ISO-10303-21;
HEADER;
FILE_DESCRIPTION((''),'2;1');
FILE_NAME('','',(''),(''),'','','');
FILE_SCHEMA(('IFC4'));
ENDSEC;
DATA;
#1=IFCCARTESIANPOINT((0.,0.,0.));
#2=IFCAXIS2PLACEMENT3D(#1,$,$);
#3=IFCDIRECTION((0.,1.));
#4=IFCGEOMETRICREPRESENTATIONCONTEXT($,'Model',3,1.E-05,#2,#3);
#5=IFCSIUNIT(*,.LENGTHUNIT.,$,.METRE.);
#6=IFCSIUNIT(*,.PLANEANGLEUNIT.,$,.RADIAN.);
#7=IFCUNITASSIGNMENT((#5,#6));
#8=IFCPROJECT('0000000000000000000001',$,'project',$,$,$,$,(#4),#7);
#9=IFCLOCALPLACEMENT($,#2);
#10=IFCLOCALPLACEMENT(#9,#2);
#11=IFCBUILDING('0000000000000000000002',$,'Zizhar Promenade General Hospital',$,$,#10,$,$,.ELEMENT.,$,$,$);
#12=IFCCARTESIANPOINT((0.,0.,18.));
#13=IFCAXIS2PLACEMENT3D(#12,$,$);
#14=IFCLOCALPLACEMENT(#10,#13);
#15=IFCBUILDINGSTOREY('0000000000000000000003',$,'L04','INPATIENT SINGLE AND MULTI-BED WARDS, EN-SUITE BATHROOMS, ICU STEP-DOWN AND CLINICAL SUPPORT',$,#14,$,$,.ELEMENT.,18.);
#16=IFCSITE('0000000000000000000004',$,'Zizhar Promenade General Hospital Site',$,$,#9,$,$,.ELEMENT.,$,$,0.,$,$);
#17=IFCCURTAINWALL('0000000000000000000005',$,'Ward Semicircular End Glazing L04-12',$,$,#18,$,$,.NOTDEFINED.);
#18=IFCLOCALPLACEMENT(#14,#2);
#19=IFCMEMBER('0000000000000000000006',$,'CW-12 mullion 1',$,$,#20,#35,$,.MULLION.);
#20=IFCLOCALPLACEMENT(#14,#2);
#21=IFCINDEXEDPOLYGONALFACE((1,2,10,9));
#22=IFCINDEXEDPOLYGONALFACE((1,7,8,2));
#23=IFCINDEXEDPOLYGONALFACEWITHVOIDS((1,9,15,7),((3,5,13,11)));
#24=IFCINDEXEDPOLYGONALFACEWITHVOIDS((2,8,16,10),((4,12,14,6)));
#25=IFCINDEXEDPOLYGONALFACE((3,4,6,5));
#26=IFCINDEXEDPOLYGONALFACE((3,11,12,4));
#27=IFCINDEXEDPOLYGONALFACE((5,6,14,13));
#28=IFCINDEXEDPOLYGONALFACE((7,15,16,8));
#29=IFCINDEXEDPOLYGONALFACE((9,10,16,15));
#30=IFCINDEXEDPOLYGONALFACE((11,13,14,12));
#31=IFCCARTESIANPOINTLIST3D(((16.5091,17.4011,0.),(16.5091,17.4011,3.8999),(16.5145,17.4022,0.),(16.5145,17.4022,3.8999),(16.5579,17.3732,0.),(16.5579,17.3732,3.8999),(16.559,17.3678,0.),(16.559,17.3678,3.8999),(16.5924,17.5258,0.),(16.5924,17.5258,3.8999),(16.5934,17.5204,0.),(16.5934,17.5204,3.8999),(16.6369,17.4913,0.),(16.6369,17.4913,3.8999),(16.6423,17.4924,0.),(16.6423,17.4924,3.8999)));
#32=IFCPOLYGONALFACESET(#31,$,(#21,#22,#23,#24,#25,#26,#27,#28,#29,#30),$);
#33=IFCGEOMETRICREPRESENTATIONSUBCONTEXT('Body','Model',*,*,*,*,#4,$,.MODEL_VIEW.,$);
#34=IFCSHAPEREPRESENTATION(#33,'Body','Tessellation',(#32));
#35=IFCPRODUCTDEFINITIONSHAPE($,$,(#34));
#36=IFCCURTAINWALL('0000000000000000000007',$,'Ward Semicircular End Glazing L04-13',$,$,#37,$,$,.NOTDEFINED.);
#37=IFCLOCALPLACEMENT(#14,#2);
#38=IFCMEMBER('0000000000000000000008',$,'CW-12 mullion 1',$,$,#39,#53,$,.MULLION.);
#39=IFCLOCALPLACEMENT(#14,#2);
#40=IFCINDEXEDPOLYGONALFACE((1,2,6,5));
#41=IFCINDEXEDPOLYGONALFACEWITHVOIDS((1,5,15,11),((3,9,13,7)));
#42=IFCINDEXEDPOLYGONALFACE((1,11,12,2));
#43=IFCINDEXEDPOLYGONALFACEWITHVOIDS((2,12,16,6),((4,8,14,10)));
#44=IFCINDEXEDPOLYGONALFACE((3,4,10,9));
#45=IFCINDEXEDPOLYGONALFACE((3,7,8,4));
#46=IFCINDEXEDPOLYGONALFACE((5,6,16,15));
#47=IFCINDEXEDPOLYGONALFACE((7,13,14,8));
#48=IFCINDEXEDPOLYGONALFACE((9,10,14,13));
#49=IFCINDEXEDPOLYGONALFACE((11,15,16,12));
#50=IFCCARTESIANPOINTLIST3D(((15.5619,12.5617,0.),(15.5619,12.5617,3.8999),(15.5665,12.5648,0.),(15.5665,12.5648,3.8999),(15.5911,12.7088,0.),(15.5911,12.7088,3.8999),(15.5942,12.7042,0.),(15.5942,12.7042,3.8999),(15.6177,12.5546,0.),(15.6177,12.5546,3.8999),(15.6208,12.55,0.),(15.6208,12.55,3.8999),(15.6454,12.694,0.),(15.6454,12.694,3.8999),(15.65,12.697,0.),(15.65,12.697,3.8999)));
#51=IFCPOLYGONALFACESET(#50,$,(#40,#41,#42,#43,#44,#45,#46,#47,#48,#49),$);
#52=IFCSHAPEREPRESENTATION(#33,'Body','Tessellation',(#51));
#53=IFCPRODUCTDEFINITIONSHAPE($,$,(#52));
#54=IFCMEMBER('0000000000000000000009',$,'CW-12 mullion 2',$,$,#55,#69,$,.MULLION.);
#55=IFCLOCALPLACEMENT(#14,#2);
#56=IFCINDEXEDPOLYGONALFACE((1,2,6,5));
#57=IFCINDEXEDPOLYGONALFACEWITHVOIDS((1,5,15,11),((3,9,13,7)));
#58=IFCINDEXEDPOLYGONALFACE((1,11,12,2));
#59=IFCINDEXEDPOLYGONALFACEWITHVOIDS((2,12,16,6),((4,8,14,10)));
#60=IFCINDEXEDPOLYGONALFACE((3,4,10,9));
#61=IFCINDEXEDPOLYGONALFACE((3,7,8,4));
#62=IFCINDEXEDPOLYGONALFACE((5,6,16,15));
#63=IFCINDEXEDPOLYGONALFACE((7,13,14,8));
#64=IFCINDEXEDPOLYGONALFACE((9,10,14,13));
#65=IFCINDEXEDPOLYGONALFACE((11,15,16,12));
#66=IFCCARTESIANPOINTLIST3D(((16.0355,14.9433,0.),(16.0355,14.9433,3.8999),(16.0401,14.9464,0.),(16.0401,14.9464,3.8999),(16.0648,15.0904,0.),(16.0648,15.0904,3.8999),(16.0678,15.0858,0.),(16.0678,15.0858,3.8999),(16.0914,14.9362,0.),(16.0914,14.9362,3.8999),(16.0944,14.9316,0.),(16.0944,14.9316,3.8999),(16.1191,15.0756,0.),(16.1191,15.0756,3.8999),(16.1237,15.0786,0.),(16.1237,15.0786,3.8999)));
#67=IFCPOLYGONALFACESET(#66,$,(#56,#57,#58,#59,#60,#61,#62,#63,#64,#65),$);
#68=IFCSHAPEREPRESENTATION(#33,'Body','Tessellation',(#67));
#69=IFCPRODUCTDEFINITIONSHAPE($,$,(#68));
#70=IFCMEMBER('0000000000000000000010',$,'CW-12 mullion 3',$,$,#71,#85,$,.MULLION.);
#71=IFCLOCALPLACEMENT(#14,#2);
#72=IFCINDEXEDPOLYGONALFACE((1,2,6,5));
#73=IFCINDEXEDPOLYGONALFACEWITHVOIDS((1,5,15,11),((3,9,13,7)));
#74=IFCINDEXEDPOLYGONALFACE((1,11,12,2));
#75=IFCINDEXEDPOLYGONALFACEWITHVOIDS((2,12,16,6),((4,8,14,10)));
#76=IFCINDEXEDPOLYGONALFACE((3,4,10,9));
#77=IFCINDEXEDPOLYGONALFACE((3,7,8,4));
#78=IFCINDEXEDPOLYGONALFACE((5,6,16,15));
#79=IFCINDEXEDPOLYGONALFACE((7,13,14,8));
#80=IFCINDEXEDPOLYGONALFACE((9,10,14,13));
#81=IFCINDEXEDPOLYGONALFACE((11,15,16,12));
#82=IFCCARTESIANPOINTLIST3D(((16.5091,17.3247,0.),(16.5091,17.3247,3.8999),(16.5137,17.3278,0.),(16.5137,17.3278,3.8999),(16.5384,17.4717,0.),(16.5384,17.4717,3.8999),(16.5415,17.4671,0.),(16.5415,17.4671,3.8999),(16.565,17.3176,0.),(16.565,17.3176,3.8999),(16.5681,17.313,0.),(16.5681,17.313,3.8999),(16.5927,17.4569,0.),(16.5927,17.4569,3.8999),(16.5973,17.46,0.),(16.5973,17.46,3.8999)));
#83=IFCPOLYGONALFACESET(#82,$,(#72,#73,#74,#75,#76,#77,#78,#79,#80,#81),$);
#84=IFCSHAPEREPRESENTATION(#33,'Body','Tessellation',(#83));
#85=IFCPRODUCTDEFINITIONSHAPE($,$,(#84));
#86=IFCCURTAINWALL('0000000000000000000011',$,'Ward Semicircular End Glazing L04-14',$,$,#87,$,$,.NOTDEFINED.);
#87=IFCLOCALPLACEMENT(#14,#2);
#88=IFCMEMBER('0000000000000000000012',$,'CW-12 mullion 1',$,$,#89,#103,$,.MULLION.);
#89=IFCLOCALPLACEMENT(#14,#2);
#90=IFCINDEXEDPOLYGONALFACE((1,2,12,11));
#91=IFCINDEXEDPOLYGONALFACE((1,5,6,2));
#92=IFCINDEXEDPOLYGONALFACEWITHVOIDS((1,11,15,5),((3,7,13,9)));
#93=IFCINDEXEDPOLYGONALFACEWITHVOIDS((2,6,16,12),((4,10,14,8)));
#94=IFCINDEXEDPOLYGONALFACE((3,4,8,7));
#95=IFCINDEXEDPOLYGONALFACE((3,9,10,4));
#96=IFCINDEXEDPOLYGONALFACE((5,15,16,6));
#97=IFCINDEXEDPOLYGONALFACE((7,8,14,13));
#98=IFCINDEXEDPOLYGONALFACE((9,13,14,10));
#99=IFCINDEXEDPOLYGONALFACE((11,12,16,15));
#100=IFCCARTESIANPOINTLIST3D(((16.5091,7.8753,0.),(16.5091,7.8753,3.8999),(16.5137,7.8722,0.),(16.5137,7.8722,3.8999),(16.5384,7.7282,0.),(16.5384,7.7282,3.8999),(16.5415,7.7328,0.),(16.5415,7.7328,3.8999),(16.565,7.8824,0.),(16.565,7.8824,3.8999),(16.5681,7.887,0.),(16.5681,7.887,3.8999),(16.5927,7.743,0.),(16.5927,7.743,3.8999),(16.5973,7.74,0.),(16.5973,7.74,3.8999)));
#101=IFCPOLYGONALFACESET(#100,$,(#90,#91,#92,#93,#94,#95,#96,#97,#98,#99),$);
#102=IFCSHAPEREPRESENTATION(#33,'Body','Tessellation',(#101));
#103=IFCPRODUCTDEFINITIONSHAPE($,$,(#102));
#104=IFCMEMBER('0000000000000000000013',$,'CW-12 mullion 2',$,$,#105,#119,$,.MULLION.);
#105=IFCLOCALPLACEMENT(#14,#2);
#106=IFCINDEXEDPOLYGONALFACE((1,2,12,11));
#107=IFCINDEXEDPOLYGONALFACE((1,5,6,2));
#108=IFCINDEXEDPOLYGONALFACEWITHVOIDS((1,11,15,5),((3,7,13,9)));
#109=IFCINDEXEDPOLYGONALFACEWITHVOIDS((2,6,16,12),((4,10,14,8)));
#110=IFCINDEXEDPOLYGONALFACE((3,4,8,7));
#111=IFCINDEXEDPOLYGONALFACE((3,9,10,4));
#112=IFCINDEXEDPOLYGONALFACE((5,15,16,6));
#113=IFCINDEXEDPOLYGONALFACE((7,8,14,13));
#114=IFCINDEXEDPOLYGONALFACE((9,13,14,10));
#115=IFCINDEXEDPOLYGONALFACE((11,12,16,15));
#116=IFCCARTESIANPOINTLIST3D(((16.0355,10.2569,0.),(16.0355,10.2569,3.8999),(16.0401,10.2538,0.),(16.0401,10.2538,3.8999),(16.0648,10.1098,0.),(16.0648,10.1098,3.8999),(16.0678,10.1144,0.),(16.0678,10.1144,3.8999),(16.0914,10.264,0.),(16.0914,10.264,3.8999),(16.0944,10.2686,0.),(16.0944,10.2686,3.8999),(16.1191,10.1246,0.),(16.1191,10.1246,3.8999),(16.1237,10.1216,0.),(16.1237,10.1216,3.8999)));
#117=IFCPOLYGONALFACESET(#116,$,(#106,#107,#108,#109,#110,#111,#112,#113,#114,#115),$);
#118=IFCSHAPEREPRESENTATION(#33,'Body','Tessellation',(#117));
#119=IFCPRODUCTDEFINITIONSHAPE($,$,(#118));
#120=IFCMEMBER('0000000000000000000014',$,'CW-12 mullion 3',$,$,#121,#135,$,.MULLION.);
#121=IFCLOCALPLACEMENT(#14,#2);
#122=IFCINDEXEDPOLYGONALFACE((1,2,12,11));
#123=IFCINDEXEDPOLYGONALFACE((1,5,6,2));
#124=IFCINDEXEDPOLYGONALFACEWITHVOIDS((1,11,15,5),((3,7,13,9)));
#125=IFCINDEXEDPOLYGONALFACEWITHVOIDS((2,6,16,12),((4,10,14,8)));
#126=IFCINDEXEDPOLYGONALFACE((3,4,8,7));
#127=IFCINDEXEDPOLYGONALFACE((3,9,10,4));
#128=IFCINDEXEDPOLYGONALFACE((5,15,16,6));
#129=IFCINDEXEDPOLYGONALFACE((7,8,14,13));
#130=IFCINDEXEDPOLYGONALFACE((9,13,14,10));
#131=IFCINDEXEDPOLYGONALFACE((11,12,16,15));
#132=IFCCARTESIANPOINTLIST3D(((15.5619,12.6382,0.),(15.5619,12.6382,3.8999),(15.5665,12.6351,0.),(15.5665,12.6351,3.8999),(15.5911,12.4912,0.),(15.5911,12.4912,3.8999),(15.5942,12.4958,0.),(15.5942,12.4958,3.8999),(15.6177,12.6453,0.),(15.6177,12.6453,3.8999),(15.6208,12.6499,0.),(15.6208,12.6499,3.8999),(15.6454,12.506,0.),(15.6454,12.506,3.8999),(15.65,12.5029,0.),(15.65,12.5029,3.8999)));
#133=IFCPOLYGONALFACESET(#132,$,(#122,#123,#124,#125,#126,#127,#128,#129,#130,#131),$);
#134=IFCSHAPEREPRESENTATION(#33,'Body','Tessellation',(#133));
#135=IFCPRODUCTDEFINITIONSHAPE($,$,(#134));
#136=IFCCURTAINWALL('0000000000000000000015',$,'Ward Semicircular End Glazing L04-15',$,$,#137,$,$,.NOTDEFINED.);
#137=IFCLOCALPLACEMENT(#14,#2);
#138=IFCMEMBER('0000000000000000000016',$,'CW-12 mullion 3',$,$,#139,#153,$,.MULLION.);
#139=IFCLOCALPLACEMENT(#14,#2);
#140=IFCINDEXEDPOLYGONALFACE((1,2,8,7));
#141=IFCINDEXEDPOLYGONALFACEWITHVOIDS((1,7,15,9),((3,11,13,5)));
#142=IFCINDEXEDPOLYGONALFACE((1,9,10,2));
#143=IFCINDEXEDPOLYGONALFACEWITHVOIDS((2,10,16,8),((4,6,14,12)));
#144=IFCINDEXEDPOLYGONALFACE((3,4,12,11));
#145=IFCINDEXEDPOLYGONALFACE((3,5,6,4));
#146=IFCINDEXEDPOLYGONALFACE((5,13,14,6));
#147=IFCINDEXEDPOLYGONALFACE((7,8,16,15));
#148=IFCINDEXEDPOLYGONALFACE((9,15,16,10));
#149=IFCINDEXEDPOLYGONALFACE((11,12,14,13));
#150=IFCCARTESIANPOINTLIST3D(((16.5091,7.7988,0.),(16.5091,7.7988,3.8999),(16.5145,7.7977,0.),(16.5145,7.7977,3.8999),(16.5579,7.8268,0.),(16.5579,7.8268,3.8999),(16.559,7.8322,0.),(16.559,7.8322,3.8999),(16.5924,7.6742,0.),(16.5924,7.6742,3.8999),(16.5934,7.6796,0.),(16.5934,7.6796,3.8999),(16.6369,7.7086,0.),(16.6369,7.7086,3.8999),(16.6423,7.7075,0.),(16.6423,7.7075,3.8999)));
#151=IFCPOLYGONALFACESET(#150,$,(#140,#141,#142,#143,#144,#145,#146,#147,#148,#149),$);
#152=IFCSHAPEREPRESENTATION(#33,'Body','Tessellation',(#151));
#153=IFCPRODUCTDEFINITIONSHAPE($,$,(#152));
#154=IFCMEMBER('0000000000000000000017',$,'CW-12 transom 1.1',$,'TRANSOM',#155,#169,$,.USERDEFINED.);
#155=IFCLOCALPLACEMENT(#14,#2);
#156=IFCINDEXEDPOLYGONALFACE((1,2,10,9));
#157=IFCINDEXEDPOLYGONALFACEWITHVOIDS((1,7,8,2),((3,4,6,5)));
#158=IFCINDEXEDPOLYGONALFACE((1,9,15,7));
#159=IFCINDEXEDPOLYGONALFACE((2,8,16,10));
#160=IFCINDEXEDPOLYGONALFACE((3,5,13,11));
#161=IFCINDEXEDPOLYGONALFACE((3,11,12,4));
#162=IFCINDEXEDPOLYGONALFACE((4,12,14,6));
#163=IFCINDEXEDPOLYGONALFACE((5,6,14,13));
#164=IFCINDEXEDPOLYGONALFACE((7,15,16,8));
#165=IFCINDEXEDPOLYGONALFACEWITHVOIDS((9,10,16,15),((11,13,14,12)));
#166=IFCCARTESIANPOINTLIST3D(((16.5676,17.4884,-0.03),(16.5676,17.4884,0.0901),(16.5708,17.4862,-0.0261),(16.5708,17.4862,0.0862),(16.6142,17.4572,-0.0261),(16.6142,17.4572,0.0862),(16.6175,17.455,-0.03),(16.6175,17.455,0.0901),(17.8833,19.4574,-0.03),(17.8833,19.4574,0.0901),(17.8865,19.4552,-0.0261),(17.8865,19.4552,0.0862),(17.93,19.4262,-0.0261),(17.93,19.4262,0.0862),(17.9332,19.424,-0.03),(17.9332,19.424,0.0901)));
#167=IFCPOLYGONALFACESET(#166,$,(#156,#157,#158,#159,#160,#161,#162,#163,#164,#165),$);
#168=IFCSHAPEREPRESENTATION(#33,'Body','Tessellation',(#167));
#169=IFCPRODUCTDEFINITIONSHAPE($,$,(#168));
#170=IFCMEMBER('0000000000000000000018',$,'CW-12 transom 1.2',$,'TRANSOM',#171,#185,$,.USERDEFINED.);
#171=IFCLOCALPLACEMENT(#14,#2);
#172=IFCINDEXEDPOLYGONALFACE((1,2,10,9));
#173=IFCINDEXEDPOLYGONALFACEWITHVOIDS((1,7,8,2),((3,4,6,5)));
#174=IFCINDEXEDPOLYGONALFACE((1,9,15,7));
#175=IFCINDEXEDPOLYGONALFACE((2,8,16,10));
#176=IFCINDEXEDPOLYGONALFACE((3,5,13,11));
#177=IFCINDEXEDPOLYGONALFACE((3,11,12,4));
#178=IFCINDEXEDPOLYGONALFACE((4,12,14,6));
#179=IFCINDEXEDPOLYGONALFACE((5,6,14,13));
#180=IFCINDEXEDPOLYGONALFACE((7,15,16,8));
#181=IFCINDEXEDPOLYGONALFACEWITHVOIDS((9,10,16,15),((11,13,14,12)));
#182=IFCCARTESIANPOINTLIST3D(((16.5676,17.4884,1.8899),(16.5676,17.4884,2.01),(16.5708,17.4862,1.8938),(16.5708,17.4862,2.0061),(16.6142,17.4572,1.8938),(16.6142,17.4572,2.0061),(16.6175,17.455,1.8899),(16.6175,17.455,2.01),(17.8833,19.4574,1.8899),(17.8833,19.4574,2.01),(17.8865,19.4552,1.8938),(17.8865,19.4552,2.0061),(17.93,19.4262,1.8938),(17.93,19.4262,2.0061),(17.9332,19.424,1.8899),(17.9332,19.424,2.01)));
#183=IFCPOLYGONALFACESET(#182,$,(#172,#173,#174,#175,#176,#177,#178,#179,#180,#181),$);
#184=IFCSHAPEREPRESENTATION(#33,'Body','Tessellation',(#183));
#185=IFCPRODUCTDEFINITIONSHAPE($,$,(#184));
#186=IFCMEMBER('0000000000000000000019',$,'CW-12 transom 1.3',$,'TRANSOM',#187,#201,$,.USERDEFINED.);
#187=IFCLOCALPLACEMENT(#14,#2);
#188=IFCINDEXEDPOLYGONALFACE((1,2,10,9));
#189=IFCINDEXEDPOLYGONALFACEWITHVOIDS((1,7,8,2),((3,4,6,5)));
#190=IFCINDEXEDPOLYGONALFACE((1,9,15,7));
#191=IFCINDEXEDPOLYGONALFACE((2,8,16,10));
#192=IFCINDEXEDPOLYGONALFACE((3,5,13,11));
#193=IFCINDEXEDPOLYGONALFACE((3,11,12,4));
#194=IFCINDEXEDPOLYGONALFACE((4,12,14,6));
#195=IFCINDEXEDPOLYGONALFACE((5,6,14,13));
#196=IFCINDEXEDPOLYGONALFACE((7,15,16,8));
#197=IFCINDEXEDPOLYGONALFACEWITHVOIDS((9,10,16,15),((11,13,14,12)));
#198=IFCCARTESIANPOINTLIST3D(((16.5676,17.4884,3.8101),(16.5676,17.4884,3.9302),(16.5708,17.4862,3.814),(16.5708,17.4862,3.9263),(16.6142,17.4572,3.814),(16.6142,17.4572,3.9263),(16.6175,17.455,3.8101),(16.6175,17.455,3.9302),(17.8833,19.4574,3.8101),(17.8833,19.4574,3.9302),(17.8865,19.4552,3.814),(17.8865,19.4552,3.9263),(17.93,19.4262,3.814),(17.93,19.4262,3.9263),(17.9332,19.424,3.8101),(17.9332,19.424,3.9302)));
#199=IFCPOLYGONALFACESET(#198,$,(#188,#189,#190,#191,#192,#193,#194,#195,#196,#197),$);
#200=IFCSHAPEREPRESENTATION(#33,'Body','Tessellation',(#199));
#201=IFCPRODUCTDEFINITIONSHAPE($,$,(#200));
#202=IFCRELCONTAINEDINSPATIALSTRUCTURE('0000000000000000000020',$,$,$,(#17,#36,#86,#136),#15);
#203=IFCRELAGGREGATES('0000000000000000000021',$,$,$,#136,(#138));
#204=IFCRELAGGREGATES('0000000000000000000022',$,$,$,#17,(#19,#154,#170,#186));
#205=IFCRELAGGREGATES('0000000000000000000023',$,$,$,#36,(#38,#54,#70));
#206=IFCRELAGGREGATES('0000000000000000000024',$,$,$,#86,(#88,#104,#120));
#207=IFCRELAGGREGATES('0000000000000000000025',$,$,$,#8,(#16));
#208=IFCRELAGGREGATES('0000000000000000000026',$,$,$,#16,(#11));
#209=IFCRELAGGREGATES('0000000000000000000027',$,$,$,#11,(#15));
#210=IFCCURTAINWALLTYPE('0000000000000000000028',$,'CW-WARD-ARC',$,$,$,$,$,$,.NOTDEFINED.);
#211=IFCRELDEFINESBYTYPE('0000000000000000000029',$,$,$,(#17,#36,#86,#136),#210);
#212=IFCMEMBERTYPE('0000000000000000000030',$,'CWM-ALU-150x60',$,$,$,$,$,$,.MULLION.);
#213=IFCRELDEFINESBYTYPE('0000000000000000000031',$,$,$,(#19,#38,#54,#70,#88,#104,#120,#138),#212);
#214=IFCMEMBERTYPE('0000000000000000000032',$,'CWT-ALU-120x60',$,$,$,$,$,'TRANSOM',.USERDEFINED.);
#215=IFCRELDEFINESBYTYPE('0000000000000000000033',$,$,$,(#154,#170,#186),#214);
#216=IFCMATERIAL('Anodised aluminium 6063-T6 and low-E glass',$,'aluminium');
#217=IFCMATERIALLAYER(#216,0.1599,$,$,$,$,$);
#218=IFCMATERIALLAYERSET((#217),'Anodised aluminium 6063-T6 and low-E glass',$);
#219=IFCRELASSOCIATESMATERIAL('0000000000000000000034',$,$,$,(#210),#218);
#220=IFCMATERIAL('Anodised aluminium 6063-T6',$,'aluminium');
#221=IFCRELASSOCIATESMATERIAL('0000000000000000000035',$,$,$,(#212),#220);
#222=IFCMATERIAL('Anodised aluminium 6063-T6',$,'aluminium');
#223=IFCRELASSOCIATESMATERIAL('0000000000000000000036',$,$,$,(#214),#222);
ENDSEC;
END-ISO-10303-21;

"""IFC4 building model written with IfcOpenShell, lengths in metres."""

from ifc_helpers import new_model, si_unit, direction, frame, origin, origin_2d, place, context, subcontext, project, spatial, hollow_rectangle, extrude, material, layer, layer_set, material_profile, profile_set, type_object, element, aggregate, save


model = new_model("IFC4")

# Units and contexts
model_context = context("Model", 3, precision=1e-05, world=origin(), true_north=direction((0.0, 1.0)))
body_context = subcontext(model_context, "Body", "Model", "MODEL_VIEW")
ifc_project = project(units=[si_unit("LENGTHUNIT", "METRE"), si_unit("PLANEANGLEUNIT", "RADIAN")], contexts=[model_context])

# Site, building, storey
site_placement = place(None, origin())
site = spatial("IfcSite", under=ifc_project, at=site_placement, Name="Zizhar Promenade General Hospital Site", CompositionType="ELEMENT", RefElevation=0.0)
building_placement = place(site_placement, origin())
building = spatial("IfcBuilding", under=site, at=building_placement, Name="Zizhar Promenade General Hospital", CompositionType="ELEMENT")
storey_placement = place(building_placement, frame((0.0, 0.0, 18.0)))
storey = spatial("IfcBuildingStorey", under=building, at=storey_placement, Name="L04", Description="INPATIENT SINGLE AND MULTI-BED WARDS, EN-SUITE BATHROOMS, ICU STEP-DOWN AND CLINICAL SUPPORT", CompositionType="ELEMENT", Elevation=18.0)

# Curtain wall, member
ifc_material_1 = material(Name="Anodised aluminium 6063-T6 and low-E glass", Category="aluminium")
ifc_layer_1 = layer(ifc_material_1, 0.1599)
ifc_layer_set_1 = layer_set([ifc_layer_1], Name="Anodised aluminium 6063-T6 and low-E glass")
curtain_wall_type = type_object("IfcCurtainWallType", Name="CW-WARD-ARC", PredefinedType="NOTDEFINED", material=ifc_layer_set_1)
curtain_wall_1_placement = place(storey_placement, origin())
curtain_wall_1 = element("IfcCurtainWall", 1, at=curtain_wall_1_placement, inside=storey, type_object=curtain_wall_type, Name="Ward Semicircular End Glazing L04-12", PredefinedType="NOTDEFINED")
ifc_material_2 = material(Name="Anodised aluminium 6063-T6", Category="aluminium")
ifc_material_profile_1 = material_profile(ifc_material_2, hollow_rectangle(XDim=0.0601, YDim=0.1499, WallThickness=0.0039, at=origin_2d()))
ifc_profile_set_1 = profile_set([ifc_material_profile_1], Name="Anodised aluminium 6063-T6")
member_type_1 = type_object("IfcMemberType", Name="CWM-ALU-150x60", PredefinedType="MULLION", material=ifc_profile_set_1)
member_1_placement = place(storey_placement, frame((16.5757, 17.4468, 0.0), z_axis=(0.0, 0.0, 1.0), x_axis=(-0.831462, 0.555582, 0.0)))
member_1 = element("IfcMember", 2, at=member_1_placement, type_object=member_type_1, Name="CW-12 mullion 1", PredefinedType="MULLION", context=body_context, shape_type="SweptSolid", body=[
    extrude(hollow_rectangle(XDim=0.0601, YDim=0.1499, WallThickness=0.0039, at=origin_2d()), origin(), (0.0, 0.0, 1.0), 3.8999),
])

# Curtain walls, members
curtain_wall_2_placement = place(storey_placement, origin())
curtain_wall_2 = element("IfcCurtainWall", 3, at=curtain_wall_2_placement, inside=storey, type_object=curtain_wall_type, Name="Ward Semicircular End Glazing L04-13", PredefinedType="NOTDEFINED")
member_2_placement = place(storey_placement, frame((15.606, 12.6294, 0.0), z_axis=(0.0, 0.0, 1.0), x_axis=(-0.980786, 0.195087, 0.0)))
member_2 = element("IfcMember", 4, at=member_2_placement, type_object=member_type_1, Name="CW-12 mullion 1", PredefinedType="MULLION", context=body_context, shape_type="SweptSolid", body=[
    extrude(hollow_rectangle(XDim=0.0601, YDim=0.1499, WallThickness=0.0039, at=origin_2d()), origin(), (0.0, 0.0, 1.0), 3.8999),
])
member_3_placement = place(storey_placement, frame((16.0796, 15.011, 0.0), z_axis=(0.0, 0.0, 1.0), x_axis=(-0.980786, 0.195087, 0.0)))
member_3 = element("IfcMember", 5, at=member_3_placement, type_object=member_type_1, Name="CW-12 mullion 2", PredefinedType="MULLION", context=body_context, shape_type="SweptSolid", body=[
    extrude(hollow_rectangle(XDim=0.0601, YDim=0.1499, WallThickness=0.0039, at=origin_2d()), origin(), (0.0, 0.0, 1.0), 3.8999),
])
member_4_placement = place(storey_placement, frame((16.5532, 17.3923, 0.0), z_axis=(0.0, 0.0, 1.0), x_axis=(-0.980786, 0.195087, 0.0)))
member_4 = element("IfcMember", 6, at=member_4_placement, type_object=member_type_1, Name="CW-12 mullion 3", PredefinedType="MULLION", context=body_context, shape_type="SweptSolid", body=[
    extrude(hollow_rectangle(XDim=0.0601, YDim=0.1499, WallThickness=0.0039, at=origin_2d()), origin(), (0.0, 0.0, 1.0), 3.8999),
])
curtain_wall_3_placement = place(storey_placement, origin())
curtain_wall_3 = element("IfcCurtainWall", 7, at=curtain_wall_3_placement, inside=storey, type_object=curtain_wall_type, Name="Ward Semicircular End Glazing L04-14", PredefinedType="NOTDEFINED")
member_5_placement = place(storey_placement, frame((16.5532, 7.8076, 0.0), z_axis=(0.0, 0.0, 1.0), x_axis=(-0.980786, -0.195087, 0.0)))
member_5 = element("IfcMember", 8, at=member_5_placement, type_object=member_type_1, Name="CW-12 mullion 1", PredefinedType="MULLION", context=body_context, shape_type="SweptSolid", body=[
    extrude(hollow_rectangle(XDim=0.0601, YDim=0.1499, WallThickness=0.0039, at=origin_2d()), origin(), (0.0, 0.0, 1.0), 3.8999),
])
member_6_placement = place(storey_placement, frame((16.0796, 10.1892, 0.0), z_axis=(0.0, 0.0, 1.0), x_axis=(-0.980786, -0.195087, 0.0)))
member_6 = element("IfcMember", 9, at=member_6_placement, type_object=member_type_1, Name="CW-12 mullion 2", PredefinedType="MULLION", context=body_context, shape_type="SweptSolid", body=[
    extrude(hollow_rectangle(XDim=0.0601, YDim=0.1499, WallThickness=0.0039, at=origin_2d()), origin(), (0.0, 0.0, 1.0), 3.8999),
])
member_7_placement = place(storey_placement, frame((15.606, 12.5706, 0.0), z_axis=(0.0, 0.0, 1.0), x_axis=(-0.980786, -0.195087, 0.0)))
member_7 = element("IfcMember", 10, at=member_7_placement, type_object=member_type_1, Name="CW-12 mullion 3", PredefinedType="MULLION", context=body_context, shape_type="SweptSolid", body=[
    extrude(hollow_rectangle(XDim=0.0601, YDim=0.1499, WallThickness=0.0039, at=origin_2d()), origin(), (0.0, 0.0, 1.0), 3.8999),
])

# Curtain wall, member
curtain_wall_4_placement = place(storey_placement, origin())
curtain_wall_4 = element("IfcCurtainWall", 11, at=curtain_wall_4_placement, inside=storey, type_object=curtain_wall_type, Name="Ward Semicircular End Glazing L04-15", PredefinedType="NOTDEFINED")
member_8_placement = place(storey_placement, frame((16.5757, 7.7532, 0.0), z_axis=(0.0, 0.0, 1.0), x_axis=(-0.831462, -0.555582, 0.0)))
member_8 = element("IfcMember", 12, at=member_8_placement, type_object=member_type_1, Name="CW-12 mullion 3", PredefinedType="MULLION", context=body_context, shape_type="SweptSolid", body=[
    extrude(hollow_rectangle(XDim=0.0601, YDim=0.1499, WallThickness=0.0039, at=origin_2d()), origin(), (0.0, 0.0, 1.0), 3.8999),
])
aggregate(curtain_wall_4, [member_8])

# Members
ifc_material_3 = material(Name="Anodised aluminium 6063-T6", Category="aluminium")
ifc_material_profile_2 = material_profile(ifc_material_3, hollow_rectangle(XDim=0.0601, YDim=0.1201, WallThickness=0.0039, at=origin_2d()))
ifc_profile_set_2 = profile_set([ifc_material_profile_2], Name="Anodised aluminium 6063-T6")
member_type_2 = type_object("IfcMemberType", Name="CWT-ALU-120x60", ElementType="TRANSOM", PredefinedType="USERDEFINED", material=ifc_profile_set_2)
member_9_placement = place(storey_placement, frame((16.5925, 17.4717, 0.03), z_axis=(0.55558, 0.831463, 0.0), x_axis=(-0.831463, 0.55558, 0.0)))
member_9 = element("IfcMember", 13, at=member_9_placement, type_object=member_type_2, Name="CW-12 transom 1.1", ObjectType="TRANSOM", PredefinedType="USERDEFINED", context=body_context, shape_type="SweptSolid", body=[
    extrude(hollow_rectangle(XDim=0.0601, YDim=0.1201, WallThickness=0.0039, at=origin_2d()), origin(), (0.0, 0.0, 1.0), 2.3682),
])
member_10_placement = place(storey_placement, frame((16.5925, 17.4717, 1.95), z_axis=(0.55558, 0.831463, 0.0), x_axis=(-0.831463, 0.55558, 0.0)))
member_10 = element("IfcMember", 14, at=member_10_placement, type_object=member_type_2, Name="CW-12 transom 1.2", ObjectType="TRANSOM", PredefinedType="USERDEFINED", context=body_context, shape_type="SweptSolid", body=[
    extrude(hollow_rectangle(XDim=0.0601, YDim=0.1201, WallThickness=0.0039, at=origin_2d()), origin(), (0.0, 0.0, 1.0), 2.3682),
])
member_11_placement = place(storey_placement, frame((16.5925, 17.4717, 3.8701), z_axis=(0.55558, 0.831463, 0.0), x_axis=(-0.831463, 0.55558, 0.0)))
member_11 = element("IfcMember", 15, at=member_11_placement, type_object=member_type_2, Name="CW-12 transom 1.3", ObjectType="TRANSOM", PredefinedType="USERDEFINED", context=body_context, shape_type="SweptSolid", body=[
    extrude(hollow_rectangle(XDim=0.0601, YDim=0.1201, WallThickness=0.0039, at=origin_2d()), origin(), (0.0, 0.0, 1.0), 2.3682),
])

aggregate(curtain_wall_1, [member_1, member_9, member_10, member_11])
aggregate(curtain_wall_2, [member_2, member_3, member_4])
aggregate(curtain_wall_3, [member_5, member_6, member_7])

save(model, "model.ifc")
